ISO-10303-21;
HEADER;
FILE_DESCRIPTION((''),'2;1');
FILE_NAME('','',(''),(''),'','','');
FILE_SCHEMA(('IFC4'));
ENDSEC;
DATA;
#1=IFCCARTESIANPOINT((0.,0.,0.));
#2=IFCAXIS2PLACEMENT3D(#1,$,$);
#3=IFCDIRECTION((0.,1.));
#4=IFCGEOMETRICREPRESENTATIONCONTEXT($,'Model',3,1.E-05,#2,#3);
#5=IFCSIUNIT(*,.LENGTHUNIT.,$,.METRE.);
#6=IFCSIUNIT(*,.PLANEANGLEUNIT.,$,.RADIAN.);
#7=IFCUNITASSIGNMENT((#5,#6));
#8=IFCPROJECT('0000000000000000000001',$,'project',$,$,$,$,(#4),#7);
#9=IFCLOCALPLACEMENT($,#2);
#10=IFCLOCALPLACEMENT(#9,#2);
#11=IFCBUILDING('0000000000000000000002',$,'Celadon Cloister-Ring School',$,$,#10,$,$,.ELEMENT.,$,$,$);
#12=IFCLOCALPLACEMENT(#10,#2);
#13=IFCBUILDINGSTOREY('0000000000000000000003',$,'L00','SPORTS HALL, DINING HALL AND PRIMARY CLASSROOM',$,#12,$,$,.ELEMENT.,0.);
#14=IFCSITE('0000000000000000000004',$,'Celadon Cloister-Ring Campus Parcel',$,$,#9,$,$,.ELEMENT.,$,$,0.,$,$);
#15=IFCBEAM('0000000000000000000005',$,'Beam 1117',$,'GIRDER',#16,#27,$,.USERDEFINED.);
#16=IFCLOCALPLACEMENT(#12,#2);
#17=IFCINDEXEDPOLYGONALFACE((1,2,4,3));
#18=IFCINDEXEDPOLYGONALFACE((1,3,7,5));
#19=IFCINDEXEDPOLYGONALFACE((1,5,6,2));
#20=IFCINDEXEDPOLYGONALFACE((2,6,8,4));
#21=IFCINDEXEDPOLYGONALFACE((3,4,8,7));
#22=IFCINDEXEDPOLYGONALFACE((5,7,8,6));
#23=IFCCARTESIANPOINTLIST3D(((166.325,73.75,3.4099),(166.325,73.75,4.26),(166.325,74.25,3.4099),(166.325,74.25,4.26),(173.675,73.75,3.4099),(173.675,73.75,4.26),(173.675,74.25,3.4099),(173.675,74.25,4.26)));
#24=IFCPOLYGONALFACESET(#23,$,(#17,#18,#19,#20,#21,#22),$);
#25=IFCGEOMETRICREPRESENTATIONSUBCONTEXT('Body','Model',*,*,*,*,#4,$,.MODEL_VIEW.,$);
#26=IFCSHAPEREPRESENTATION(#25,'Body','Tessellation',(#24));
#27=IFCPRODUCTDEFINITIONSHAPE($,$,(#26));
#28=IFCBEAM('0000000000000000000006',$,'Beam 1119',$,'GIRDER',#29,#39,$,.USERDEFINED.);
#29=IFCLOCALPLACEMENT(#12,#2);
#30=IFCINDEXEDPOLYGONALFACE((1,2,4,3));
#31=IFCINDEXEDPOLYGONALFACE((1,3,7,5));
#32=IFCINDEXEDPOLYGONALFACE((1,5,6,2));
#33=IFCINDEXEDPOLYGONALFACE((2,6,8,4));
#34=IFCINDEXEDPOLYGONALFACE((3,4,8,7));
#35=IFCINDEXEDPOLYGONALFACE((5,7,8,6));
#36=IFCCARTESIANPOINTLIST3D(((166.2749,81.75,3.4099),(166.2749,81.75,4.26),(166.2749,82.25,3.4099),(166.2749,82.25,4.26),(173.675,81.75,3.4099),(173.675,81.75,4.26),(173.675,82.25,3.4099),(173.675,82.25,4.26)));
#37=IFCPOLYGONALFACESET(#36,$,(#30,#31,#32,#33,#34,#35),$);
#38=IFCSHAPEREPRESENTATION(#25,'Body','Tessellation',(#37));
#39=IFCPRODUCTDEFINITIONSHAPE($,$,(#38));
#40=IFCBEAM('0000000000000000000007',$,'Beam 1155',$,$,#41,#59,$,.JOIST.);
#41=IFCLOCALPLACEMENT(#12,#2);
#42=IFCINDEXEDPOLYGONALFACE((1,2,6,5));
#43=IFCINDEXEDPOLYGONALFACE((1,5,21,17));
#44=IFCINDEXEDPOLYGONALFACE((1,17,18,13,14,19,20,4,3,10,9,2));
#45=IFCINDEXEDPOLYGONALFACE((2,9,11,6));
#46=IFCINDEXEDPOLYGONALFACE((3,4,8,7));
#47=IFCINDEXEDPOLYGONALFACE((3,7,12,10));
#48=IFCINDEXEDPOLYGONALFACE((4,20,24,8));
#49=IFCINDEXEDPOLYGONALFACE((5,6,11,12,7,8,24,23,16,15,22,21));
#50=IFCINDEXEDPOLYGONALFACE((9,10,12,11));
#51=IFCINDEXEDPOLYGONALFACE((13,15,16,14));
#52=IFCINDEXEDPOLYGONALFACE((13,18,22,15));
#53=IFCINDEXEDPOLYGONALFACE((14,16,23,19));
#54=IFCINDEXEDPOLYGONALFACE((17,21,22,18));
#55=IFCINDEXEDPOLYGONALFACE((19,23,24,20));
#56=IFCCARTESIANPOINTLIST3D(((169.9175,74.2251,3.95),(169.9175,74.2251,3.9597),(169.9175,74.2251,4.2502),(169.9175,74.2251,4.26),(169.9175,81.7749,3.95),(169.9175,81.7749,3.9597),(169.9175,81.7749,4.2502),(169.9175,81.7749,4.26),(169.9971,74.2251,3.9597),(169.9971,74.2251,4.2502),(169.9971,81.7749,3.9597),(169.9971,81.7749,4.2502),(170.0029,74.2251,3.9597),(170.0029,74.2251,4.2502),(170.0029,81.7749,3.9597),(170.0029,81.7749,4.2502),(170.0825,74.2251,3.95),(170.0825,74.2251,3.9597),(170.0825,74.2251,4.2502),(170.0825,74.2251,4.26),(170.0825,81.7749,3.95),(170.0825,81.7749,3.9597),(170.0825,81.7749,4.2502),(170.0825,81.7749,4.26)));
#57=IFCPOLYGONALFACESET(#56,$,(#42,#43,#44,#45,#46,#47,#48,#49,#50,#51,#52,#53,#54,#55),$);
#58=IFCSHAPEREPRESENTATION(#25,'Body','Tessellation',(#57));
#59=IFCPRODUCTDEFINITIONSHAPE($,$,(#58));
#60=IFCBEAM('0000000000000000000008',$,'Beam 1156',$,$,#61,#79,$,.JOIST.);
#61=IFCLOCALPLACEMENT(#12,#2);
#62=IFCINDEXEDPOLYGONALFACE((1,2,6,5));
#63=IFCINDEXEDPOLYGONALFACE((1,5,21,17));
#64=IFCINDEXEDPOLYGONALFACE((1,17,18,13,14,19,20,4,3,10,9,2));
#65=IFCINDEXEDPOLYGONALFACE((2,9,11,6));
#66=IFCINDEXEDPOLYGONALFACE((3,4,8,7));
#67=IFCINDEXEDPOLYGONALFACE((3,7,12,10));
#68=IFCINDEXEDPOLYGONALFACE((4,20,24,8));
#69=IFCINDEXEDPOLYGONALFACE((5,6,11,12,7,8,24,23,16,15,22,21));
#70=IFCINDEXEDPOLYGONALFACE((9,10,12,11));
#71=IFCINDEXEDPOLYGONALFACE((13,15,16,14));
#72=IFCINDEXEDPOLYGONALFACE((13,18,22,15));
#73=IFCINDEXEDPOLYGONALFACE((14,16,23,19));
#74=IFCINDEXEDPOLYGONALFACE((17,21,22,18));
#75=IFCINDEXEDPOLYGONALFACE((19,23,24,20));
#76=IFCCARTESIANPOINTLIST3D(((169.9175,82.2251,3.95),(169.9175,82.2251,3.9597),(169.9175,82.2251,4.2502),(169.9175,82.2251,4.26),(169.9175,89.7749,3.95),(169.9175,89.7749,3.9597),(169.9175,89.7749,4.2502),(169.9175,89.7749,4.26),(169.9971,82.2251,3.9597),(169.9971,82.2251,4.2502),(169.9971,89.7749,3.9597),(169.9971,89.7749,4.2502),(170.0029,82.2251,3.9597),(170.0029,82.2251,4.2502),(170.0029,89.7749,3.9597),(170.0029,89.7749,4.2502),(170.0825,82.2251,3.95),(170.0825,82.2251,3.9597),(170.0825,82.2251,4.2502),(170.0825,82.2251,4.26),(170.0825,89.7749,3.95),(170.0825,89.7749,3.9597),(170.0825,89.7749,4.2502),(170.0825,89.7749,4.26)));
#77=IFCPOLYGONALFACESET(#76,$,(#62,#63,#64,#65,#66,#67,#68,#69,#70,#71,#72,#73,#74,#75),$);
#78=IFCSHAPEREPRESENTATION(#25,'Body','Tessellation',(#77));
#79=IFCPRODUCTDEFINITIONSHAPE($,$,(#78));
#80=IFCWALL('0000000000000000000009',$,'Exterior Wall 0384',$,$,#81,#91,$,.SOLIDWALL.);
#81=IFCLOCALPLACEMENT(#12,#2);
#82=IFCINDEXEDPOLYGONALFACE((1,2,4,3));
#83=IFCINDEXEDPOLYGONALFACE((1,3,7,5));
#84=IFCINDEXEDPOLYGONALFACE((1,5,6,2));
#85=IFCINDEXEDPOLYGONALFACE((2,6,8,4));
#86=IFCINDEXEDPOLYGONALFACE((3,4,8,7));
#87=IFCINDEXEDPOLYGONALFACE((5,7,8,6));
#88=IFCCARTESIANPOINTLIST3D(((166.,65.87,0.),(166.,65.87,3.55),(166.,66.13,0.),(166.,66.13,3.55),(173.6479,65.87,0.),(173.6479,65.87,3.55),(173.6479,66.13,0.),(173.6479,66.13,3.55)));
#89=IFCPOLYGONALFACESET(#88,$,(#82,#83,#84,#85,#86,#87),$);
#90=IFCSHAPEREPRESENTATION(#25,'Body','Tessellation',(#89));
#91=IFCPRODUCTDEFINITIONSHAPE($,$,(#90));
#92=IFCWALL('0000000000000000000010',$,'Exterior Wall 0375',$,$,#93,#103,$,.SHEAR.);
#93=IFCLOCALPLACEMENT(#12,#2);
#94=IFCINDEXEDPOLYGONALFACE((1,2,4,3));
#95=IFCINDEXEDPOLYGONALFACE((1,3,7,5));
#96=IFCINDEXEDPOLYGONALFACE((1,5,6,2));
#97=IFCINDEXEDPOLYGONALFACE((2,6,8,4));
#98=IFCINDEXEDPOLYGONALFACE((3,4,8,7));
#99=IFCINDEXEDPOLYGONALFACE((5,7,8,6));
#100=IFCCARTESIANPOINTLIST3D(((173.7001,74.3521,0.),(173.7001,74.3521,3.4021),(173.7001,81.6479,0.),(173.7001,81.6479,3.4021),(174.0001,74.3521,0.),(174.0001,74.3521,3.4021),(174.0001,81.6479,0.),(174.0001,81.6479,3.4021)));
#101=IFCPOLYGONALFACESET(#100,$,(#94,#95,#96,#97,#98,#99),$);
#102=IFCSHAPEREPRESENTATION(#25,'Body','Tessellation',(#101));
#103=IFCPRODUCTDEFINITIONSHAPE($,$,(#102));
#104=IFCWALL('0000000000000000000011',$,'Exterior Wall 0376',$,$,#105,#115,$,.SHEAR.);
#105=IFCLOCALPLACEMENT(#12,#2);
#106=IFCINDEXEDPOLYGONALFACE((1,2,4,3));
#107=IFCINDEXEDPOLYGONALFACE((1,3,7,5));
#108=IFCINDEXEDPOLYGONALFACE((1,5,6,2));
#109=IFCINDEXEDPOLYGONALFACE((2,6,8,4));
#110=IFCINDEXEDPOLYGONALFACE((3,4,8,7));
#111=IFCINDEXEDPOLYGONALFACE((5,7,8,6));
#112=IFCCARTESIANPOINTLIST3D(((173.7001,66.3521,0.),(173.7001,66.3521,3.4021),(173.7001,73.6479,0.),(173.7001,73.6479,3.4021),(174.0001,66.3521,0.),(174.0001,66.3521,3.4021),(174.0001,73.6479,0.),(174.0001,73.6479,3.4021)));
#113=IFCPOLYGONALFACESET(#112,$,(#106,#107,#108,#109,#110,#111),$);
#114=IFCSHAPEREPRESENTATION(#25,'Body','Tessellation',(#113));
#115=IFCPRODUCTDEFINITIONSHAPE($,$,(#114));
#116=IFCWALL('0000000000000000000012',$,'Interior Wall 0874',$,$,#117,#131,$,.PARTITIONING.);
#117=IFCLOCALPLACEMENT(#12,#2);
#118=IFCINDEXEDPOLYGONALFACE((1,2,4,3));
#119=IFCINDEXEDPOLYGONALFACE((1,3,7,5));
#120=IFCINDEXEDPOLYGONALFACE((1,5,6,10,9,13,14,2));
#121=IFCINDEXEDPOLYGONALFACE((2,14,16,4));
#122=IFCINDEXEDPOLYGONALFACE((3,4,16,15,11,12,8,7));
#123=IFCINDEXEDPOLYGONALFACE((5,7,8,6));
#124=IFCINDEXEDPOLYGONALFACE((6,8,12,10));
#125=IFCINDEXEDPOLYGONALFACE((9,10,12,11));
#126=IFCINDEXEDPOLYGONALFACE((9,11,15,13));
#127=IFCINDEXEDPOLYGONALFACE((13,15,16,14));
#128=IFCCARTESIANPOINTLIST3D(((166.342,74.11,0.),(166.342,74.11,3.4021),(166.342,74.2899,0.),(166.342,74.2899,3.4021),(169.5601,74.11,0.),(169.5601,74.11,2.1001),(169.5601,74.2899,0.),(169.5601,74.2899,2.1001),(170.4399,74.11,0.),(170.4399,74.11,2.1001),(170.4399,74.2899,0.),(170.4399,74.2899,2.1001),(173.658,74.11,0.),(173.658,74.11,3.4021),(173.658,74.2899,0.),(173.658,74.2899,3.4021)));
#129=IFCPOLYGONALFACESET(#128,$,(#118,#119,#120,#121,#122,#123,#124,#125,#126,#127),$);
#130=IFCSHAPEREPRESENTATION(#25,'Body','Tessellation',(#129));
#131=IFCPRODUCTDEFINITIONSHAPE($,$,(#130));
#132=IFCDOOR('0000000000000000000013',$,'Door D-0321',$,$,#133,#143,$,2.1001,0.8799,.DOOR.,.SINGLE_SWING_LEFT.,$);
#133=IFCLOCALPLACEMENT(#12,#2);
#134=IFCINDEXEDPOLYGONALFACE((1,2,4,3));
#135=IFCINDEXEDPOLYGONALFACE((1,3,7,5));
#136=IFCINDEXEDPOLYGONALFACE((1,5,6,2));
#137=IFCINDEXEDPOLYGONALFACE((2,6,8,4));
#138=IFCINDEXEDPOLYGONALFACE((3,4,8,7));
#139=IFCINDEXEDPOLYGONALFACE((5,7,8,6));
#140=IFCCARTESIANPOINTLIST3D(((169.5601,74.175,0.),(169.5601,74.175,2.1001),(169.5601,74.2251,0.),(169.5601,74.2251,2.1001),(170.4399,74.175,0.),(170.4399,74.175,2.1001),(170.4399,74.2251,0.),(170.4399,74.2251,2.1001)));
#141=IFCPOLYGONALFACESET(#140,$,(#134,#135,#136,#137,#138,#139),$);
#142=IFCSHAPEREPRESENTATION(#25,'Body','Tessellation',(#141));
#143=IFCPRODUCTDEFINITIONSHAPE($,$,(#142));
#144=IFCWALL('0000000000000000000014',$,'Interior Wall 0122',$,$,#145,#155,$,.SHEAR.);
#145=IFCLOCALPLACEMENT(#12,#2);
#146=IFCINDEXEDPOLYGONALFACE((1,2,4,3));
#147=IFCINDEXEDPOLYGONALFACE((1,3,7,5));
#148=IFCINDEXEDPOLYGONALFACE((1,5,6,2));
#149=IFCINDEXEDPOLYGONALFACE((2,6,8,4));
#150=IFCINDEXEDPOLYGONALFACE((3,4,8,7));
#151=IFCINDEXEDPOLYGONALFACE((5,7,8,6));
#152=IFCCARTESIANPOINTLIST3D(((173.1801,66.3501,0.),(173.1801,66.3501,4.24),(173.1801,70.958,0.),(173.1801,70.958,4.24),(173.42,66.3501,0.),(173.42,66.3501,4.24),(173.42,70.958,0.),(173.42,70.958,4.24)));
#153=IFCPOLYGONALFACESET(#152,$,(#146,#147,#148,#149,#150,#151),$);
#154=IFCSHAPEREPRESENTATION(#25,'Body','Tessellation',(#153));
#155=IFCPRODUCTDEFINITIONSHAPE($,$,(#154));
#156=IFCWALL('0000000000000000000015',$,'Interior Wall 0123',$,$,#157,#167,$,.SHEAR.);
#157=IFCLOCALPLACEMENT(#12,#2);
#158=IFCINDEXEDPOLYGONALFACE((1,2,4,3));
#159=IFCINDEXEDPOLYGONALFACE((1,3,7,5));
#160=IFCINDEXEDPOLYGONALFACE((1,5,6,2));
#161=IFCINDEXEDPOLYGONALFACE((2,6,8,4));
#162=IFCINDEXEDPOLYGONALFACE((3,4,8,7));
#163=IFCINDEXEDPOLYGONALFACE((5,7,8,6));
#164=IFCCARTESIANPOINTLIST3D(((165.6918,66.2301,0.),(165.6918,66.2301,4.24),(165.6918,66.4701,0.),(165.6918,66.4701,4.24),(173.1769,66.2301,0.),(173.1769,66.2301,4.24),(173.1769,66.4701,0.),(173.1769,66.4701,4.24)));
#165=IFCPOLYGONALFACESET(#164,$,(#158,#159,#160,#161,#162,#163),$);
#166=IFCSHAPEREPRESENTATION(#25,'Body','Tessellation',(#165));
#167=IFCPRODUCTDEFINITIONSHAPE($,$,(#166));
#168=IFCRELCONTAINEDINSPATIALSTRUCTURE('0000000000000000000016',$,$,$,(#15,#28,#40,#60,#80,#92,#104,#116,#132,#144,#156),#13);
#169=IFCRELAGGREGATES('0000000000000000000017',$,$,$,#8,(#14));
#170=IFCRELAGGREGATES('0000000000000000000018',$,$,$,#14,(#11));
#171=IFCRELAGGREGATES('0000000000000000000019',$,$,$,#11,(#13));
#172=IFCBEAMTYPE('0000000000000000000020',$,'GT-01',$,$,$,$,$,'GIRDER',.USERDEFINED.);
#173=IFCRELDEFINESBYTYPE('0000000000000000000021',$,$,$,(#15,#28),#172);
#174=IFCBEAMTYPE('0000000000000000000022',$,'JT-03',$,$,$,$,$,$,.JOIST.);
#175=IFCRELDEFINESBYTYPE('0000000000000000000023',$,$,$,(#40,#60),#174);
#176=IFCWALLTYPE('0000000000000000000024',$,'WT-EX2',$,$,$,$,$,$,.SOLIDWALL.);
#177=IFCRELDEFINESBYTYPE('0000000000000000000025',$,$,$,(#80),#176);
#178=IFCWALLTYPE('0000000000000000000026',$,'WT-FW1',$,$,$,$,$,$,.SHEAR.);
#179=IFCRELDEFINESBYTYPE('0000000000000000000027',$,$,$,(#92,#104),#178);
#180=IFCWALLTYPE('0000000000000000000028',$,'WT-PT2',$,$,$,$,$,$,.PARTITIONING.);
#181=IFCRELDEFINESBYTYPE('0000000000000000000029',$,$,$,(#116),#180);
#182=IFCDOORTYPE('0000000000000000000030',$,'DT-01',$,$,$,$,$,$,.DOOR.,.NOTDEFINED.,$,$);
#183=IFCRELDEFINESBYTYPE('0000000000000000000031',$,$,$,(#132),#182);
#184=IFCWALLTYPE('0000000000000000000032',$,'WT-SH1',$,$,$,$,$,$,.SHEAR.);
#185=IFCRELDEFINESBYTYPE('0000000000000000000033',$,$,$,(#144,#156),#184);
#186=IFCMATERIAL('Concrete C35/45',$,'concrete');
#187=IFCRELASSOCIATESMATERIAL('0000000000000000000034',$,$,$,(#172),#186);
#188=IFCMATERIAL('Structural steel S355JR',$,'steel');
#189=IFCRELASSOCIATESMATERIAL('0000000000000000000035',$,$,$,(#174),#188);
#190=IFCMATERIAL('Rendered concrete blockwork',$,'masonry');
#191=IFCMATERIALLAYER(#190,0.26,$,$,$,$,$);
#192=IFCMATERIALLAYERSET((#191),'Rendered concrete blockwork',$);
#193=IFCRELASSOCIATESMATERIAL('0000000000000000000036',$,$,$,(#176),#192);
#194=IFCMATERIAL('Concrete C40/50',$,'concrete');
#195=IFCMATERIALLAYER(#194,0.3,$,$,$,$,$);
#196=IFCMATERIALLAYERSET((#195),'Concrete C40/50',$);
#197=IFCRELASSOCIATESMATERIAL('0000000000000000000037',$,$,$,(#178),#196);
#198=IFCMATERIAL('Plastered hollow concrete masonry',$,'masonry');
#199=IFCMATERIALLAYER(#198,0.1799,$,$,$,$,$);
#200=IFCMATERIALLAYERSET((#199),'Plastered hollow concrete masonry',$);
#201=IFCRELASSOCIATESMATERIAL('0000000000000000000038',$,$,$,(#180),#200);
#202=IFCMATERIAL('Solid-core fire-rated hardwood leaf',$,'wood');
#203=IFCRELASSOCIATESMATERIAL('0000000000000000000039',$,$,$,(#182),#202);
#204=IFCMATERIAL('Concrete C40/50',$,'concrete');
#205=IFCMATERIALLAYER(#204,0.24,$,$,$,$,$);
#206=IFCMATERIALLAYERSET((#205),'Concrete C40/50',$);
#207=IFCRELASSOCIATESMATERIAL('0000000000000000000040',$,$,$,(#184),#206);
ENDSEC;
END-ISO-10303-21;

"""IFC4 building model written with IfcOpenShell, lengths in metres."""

from ifc_helpers import new_model, si_unit, direction, frame, frame_2d, origin, origin_2d, place, context, subcontext, project, spatial, rectangle, i_section, extrude, material, layer, layer_set, material_profile, profile_set, type_object, element, fill, save


model = new_model("IFC4")

# Units and contexts
model_context = context("Model", 3, precision=1e-05, world=origin(), true_north=direction((0.0, 1.0)))
body_context = subcontext(model_context, "Body", "Model", "MODEL_VIEW")
ifc_project = project(units=[si_unit("LENGTHUNIT", "METRE"), si_unit("PLANEANGLEUNIT", "RADIAN")], contexts=[model_context])

# Site, building, storey
site_placement = place(None, origin())
site = spatial("IfcSite", under=ifc_project, at=site_placement, Name="Celadon Cloister-Ring Campus Parcel", CompositionType="ELEMENT", RefElevation=0.0)
building_placement = place(site_placement, origin())
building = spatial("IfcBuilding", under=site, at=building_placement, Name="Celadon Cloister-Ring School", CompositionType="ELEMENT")
storey_placement = place(building_placement, origin())
storey = spatial("IfcBuildingStorey", under=building, at=storey_placement, Name="L00", Description="SPORTS HALL, DINING HALL AND PRIMARY CLASSROOM", CompositionType="ELEMENT", Elevation=0.0)

# Beams
ifc_material_1 = material(Name="Concrete C35/45", Category="concrete")
ifc_material_profile_1 = material_profile(ifc_material_1, rectangle(XDim=0.5, YDim=0.8501, at=origin_2d()), Name="RC500X850")
ifc_profile_set_1 = profile_set([ifc_material_profile_1], Name="Concrete C35/45")
beam_type_1 = type_object("IfcBeamType", Name="GT-01", ElementType="GIRDER", PredefinedType="USERDEFINED", material=ifc_profile_set_1)
beam_1_placement = place(storey_placement, frame((166.325, 74.0, 3.835), z_axis=(1.0, 0.0, 0.0), x_axis=(0.0, 1.0, 0.0)))
element("IfcBeam", 1, at=beam_1_placement, inside=storey, type_object=beam_type_1, Name="Beam 1117", ObjectType="GIRDER", PredefinedType="USERDEFINED", context=body_context, shape_type="SweptSolid", body=[
    extrude(rectangle(XDim=0.5, YDim=0.8501, at=origin_2d()), origin(), (0.0, 0.0, 1.0), 7.3501),
])
beam_2_placement = place(storey_placement, frame((166.2749, 82.0, 3.835), z_axis=(1.0, 0.0, 0.0), x_axis=(0.0, 1.0, 0.0)))
element("IfcBeam", 2, at=beam_2_placement, inside=storey, type_object=beam_type_1, Name="Beam 1119", ObjectType="GIRDER", PredefinedType="USERDEFINED", context=body_context, shape_type="SweptSolid", body=[
    extrude(rectangle(XDim=0.5, YDim=0.8501, at=origin_2d()), origin(), (0.0, 0.0, 1.0), 7.4001),
])
ifc_material_2 = material(Name="Structural steel S355JR", Category="steel")
ifc_material_profile_2 = material_profile(ifc_material_2, i_section(OverallWidth=0.165, OverallDepth=0.3101, WebThickness=0.0059, FlangeThickness=0.0098, at=origin_2d()), Name="W310X39")
ifc_profile_set_2 = profile_set([ifc_material_profile_2], Name="Structural steel S355JR")
beam_type_2 = type_object("IfcBeamType", Name="JT-03", PredefinedType="JOIST", material=ifc_profile_set_2)
for number, where, z_axis, x_axis, name in (
    (3, (170.0, 74.2251, 4.105), (0.0, 1.0, 0.0), (-1.0, 0.0, 0.0), "Beam 1155"),
    (4, (170.0, 82.2251, 4.105), (0.0, 1.0, 0.0), (-1.0, 0.0, 0.0), "Beam 1156"),
):
    element("IfcBeam", number, at=place(storey_placement, frame(where, z_axis=z_axis, x_axis=x_axis)), inside=storey, type_object=beam_type_2, Name=name, PredefinedType="JOIST", context=body_context, shape_type="SweptSolid", body=[
        extrude(i_section(OverallWidth=0.165, OverallDepth=0.3101, WebThickness=0.0059, FlangeThickness=0.0098, at=origin_2d()), origin(), (0.0, 0.0, 1.0), 7.5498),
    ])

# Walls
ifc_material_3 = material(Name="Rendered concrete blockwork", Category="masonry")
ifc_layer_1 = layer(ifc_material_3, 0.26)
ifc_layer_set_1 = layer_set([ifc_layer_1], Name="Rendered concrete blockwork")
wall_type_1 = type_object("IfcWallType", Name="WT-EX2", PredefinedType="SOLIDWALL", material=ifc_layer_set_1)
wall_1_placement = place(storey_placement, frame((173.6479, 66.0, 0.0), z_axis=(0.0, 0.0, 1.0), x_axis=(-1.0, 0.0, 0.0)))
element("IfcWall", 5, at=wall_1_placement, inside=storey, type_object=wall_type_1, Name="Exterior Wall 0384", PredefinedType="SOLIDWALL", context=body_context, shape_type="SweptSolid", body=[
    extrude(rectangle(XDim=7.6479, YDim=0.26, at=frame_2d((3.824, 0.0))), origin(), (0.0, 0.0, 1.0), 3.55),
])
ifc_material_4 = material(Name="Concrete C40/50", Category="concrete")
ifc_layer_2 = layer(ifc_material_4, 0.3)
ifc_layer_set_2 = layer_set([ifc_layer_2], Name="Concrete C40/50")
wall_type_2 = type_object("IfcWallType", Name="WT-FW1", PredefinedType="SHEAR", material=ifc_layer_set_2)
for number, where, z_axis, x_axis, name in (
    (6, (173.8501, 81.6479, 0.0), (0.0, 0.0, 1.0), (0.0, -1.0, 0.0), "Exterior Wall 0375"),
    (7, (173.8501, 73.6479, 0.0), (0.0, 0.0, 1.0), (0.0, -1.0, 0.0), "Exterior Wall 0376"),
):
    element("IfcWall", number, at=place(storey_placement, frame(where, z_axis=z_axis, x_axis=x_axis)), inside=storey, type_object=wall_type_2, Name=name, PredefinedType="SHEAR", context=body_context, shape_type="SweptSolid", body=[
        extrude(rectangle(XDim=7.2959, YDim=0.3, at=frame_2d((3.6479, 0.0))), origin(), (0.0, 0.0, 1.0), 3.4021),
    ])

# Wall, opening, door
ifc_material_5 = material(Name="Plastered hollow concrete masonry", Category="masonry")
ifc_layer_3 = layer(ifc_material_5, 0.1799)
ifc_layer_set_3 = layer_set([ifc_layer_3], Name="Plastered hollow concrete masonry")
wall_type_3 = type_object("IfcWallType", Name="WT-PT2", PredefinedType="PARTITIONING", material=ifc_layer_set_3)
wall_2_placement = place(storey_placement, frame((173.658, 74.2, 0.0), z_axis=(0.0, 0.0, 1.0), x_axis=(-1.0, 0.0, 0.0)))
wall_2 = element("IfcWall", 8, at=wall_2_placement, inside=storey, type_object=wall_type_3, Name="Interior Wall 0874", PredefinedType="PARTITIONING", context=body_context, shape_type="SweptSolid", body=[
    extrude(rectangle(XDim=7.3159, YDim=0.1799, at=frame_2d((3.658, 0.0))), origin(), (0.0, 0.0, 1.0), 3.4021),
])
opening_placement = place(wall_2_placement, frame((3.218, 0.0, 0.0)))
opening = element("IfcOpeningElement", 9, at=opening_placement, cuts=wall_2, PredefinedType="OPENING", context=body_context, shape_type="SweptSolid", body=[
    extrude(rectangle(XDim=0.8799, YDim=2.1001, at=frame_2d((0.4399, 1.05))), frame((0.0, 0.1001, 0.0), z_axis=(0.0, -1.0, 0.0), x_axis=(1.0, 0.0, 0.0)), (0.0, 0.0, 1.0), 0.2),
])
ifc_material_6 = material(Name="Solid-core fire-rated hardwood leaf", Category="wood")
door_type = type_object("IfcDoorType", Name="DT-01", OperationType="NOTDEFINED", PredefinedType="DOOR", material=ifc_material_6)
door_placement = place(opening_placement, origin())
door = element("IfcDoor", 10, at=door_placement, inside=storey, type_object=door_type, Name="Door D-0321", OperationType="SINGLE_SWING_LEFT", OverallHeight=2.1001, OverallWidth=0.8799, PredefinedType="DOOR", context=body_context, shape_type="SweptSolid", body=[
    extrude(rectangle(XDim=0.8799, YDim=2.1001, at=frame_2d((0.4399, 1.05))), frame((0.0, 0.0249, 0.0), z_axis=(0.0, -1.0, 0.0), x_axis=(1.0, 0.0, 0.0)), (0.0, 0.0, 1.0), 0.05),
])
fill(opening, door)

# Walls
ifc_material_7 = material(Name="Concrete C40/50", Category="concrete")
ifc_layer_4 = layer(ifc_material_7, 0.24)
ifc_layer_set_4 = layer_set([ifc_layer_4], Name="Concrete C40/50")
wall_type_4 = type_object("IfcWallType", Name="WT-SH1", PredefinedType="SHEAR", material=ifc_layer_set_4)
wall_3_placement = place(storey_placement, frame((173.3, 70.958, 0.0), z_axis=(0.0, 0.0, 1.0), x_axis=(0.0, -1.0, 0.0)))
element("IfcWall", 11, at=wall_3_placement, inside=storey, type_object=wall_type_4, Name="Interior Wall 0122", PredefinedType="SHEAR", context=body_context, shape_type="SweptSolid", body=[
    extrude(rectangle(XDim=4.6079, YDim=0.24, at=frame_2d((2.304, 0.0))), origin(), (0.0, 0.0, 1.0), 4.24),
])
wall_4_placement = place(storey_placement, frame((173.177, 66.3501, 0.0), z_axis=(0.0, 0.0, 1.0), x_axis=(-1.0, 0.0, 0.0)))
element("IfcWall", 12, at=wall_4_placement, inside=storey, type_object=wall_type_4, Name="Interior Wall 0123", PredefinedType="SHEAR", context=body_context, shape_type="SweptSolid", body=[
    extrude(rectangle(XDim=7.4851, YDim=0.24, at=frame_2d((3.7427, 0.0))), origin(), (0.0, 0.0, 1.0), 4.24),
])

save(model, "model.ifc")
